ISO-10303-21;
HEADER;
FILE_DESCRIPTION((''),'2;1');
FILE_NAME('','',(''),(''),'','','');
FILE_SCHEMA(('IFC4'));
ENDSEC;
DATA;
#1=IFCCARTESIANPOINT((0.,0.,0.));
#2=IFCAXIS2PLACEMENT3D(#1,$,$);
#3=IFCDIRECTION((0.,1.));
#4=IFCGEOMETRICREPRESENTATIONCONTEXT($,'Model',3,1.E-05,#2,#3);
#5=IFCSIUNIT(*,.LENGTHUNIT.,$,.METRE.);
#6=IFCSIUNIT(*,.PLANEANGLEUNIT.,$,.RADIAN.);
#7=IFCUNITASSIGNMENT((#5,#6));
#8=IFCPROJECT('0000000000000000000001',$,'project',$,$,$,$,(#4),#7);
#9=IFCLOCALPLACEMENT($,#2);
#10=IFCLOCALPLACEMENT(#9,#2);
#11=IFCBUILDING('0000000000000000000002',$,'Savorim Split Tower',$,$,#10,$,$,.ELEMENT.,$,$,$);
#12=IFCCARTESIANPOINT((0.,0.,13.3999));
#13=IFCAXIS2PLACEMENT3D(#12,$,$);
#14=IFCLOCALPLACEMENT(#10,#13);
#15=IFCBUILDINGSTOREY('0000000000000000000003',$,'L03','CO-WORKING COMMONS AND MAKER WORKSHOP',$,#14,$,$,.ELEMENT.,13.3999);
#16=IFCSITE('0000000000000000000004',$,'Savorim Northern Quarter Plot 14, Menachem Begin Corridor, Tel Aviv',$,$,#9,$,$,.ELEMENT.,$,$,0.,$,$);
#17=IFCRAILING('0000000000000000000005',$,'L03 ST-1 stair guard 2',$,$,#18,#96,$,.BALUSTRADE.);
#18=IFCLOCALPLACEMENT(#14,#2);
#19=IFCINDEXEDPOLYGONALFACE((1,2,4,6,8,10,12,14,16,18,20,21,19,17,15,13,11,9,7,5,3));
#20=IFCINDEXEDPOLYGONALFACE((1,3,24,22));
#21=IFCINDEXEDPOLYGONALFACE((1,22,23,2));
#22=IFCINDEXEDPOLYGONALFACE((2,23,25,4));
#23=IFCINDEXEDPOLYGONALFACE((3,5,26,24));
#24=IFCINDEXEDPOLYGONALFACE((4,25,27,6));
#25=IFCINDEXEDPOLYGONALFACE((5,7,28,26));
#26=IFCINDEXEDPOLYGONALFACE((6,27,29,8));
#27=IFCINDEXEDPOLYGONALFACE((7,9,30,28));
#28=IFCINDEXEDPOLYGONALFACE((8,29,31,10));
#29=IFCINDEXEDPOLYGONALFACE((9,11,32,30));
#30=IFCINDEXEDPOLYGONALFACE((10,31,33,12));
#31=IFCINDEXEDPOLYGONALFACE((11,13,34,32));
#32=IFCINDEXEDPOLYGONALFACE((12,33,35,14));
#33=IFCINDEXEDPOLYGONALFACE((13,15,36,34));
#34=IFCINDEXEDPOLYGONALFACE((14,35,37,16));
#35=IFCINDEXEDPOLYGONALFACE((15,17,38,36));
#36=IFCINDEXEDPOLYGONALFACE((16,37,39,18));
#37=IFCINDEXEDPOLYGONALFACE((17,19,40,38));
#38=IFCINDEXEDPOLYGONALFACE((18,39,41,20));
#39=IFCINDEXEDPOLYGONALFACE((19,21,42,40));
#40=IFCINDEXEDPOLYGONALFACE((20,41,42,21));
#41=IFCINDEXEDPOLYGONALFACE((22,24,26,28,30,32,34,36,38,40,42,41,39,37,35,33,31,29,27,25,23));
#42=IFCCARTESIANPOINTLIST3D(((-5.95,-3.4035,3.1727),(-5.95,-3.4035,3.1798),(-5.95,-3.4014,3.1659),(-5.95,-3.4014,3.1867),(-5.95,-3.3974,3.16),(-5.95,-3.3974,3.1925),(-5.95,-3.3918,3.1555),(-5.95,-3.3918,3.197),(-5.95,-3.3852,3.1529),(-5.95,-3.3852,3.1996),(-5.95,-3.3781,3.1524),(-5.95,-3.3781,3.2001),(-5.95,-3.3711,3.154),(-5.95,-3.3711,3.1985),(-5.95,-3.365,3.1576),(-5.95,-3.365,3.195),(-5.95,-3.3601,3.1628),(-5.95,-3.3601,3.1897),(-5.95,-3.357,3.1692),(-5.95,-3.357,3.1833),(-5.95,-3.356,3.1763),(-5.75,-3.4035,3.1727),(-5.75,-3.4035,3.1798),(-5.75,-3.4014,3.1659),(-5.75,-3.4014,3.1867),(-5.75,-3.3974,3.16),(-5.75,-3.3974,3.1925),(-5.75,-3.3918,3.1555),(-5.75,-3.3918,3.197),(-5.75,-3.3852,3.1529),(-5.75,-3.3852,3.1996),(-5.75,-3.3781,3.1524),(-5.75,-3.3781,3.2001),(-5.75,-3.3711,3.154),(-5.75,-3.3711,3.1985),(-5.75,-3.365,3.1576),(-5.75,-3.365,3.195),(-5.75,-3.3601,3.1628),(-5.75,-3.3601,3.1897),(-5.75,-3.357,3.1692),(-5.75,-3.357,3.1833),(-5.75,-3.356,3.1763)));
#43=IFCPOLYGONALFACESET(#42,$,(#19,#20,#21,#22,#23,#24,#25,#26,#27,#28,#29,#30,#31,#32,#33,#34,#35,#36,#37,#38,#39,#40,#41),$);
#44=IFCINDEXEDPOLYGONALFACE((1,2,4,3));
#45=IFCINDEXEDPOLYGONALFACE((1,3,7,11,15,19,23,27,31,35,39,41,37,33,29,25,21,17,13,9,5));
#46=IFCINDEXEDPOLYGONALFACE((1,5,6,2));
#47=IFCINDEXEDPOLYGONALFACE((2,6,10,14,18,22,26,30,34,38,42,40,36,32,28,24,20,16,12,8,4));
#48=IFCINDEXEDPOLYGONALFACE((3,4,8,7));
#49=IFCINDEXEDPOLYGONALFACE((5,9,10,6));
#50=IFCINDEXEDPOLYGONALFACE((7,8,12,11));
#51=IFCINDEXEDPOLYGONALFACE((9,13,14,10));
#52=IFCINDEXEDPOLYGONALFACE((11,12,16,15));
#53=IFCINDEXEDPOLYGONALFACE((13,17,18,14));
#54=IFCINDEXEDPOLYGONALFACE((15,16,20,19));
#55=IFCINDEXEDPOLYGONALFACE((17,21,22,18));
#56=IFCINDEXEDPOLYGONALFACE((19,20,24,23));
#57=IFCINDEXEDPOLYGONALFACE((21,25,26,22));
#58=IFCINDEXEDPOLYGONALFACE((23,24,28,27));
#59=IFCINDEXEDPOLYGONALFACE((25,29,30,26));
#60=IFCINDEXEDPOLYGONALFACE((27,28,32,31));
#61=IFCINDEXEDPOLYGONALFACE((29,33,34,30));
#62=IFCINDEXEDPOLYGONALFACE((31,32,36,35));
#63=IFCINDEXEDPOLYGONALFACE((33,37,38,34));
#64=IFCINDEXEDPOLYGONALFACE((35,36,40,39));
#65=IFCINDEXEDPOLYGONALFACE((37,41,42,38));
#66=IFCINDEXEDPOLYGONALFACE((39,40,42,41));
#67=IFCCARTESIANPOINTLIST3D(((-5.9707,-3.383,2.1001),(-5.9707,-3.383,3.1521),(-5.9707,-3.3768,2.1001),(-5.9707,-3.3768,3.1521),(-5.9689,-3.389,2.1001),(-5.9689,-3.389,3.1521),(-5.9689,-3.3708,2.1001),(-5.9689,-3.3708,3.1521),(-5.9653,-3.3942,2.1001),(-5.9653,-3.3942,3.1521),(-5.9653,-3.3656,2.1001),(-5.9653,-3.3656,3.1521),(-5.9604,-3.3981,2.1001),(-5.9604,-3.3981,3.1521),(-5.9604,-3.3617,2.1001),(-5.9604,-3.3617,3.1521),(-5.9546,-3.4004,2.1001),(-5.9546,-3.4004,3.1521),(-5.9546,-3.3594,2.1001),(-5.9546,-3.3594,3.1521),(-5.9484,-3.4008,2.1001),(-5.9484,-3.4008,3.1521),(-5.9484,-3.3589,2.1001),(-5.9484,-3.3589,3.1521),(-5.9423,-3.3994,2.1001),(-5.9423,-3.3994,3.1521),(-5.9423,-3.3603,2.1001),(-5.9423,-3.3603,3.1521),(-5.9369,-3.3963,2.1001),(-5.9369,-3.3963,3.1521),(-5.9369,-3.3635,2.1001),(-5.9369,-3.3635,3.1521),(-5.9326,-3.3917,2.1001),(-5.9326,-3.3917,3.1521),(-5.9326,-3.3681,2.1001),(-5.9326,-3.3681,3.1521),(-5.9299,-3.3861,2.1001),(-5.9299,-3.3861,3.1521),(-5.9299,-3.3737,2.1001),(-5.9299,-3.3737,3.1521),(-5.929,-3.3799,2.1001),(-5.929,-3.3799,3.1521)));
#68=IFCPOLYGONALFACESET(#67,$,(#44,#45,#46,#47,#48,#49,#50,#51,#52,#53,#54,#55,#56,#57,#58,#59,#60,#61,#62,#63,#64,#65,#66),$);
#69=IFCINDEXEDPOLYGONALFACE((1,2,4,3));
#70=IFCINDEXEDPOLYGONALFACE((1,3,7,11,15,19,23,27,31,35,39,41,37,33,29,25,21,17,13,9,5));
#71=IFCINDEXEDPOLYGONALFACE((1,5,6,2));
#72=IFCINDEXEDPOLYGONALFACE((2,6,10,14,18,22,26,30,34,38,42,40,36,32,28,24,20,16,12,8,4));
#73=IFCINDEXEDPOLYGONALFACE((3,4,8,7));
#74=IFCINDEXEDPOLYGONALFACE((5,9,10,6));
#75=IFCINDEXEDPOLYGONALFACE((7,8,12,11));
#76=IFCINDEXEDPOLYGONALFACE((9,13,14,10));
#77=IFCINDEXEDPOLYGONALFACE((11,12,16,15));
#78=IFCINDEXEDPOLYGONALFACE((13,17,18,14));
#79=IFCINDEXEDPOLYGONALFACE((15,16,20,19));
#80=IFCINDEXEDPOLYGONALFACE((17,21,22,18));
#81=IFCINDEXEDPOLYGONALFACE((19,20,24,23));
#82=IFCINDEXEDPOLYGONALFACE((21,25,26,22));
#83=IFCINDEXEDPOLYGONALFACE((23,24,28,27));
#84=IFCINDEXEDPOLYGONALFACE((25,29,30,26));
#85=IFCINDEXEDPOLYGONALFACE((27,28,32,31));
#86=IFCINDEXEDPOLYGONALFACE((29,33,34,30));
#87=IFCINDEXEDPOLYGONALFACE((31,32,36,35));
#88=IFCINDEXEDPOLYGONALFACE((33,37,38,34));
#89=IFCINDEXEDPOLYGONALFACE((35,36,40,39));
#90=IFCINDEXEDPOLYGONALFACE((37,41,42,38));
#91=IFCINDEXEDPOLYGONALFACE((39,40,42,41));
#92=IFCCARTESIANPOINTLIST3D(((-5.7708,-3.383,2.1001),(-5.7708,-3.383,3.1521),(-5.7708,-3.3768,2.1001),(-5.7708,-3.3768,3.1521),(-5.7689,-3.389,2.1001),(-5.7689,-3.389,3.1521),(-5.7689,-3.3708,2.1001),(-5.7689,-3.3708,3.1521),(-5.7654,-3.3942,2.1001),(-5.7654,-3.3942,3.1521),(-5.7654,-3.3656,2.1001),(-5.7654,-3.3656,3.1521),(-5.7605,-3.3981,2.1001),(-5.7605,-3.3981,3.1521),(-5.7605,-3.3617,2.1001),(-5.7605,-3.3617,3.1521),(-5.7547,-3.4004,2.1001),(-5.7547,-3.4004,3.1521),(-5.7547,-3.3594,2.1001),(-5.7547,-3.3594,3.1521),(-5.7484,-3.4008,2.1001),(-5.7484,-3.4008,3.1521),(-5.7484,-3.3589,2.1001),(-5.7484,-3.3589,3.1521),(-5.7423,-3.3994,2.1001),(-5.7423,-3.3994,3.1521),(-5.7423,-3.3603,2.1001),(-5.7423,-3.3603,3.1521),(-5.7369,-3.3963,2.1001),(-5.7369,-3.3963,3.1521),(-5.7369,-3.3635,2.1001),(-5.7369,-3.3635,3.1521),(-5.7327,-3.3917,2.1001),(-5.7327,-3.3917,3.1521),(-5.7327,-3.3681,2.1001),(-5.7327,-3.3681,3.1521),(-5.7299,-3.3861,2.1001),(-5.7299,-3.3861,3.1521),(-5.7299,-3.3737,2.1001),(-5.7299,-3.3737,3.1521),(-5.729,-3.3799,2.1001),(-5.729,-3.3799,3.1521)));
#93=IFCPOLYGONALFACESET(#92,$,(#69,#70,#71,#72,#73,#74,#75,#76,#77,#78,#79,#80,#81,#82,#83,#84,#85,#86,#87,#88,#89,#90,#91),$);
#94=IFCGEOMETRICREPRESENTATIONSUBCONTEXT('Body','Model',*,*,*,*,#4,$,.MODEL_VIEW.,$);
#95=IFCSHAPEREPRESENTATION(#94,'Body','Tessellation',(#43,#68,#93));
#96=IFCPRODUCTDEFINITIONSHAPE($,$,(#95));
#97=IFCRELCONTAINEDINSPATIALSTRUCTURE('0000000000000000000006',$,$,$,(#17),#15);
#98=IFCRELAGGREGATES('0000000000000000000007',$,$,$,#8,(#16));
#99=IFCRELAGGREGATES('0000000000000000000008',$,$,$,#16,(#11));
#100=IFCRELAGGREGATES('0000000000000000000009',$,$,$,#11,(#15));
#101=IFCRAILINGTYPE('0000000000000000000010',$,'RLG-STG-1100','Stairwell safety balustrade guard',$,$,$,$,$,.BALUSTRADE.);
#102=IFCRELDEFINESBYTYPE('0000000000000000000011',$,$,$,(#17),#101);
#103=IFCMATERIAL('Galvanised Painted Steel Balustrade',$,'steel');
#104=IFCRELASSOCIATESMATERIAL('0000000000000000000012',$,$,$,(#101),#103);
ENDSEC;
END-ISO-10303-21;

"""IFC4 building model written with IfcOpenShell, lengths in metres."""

from ifc_helpers import new_model, si_unit, direction, frame, origin, origin_2d, place, context, subcontext, project, spatial, circle, extrude, material, type_object, element, save


model = new_model("IFC4")

# Units and contexts
model_context = context("Model", 3, precision=1e-05, world=origin(), true_north=direction((0.0, 1.0)))
body_context = subcontext(model_context, "Body", "Model", "MODEL_VIEW")
ifc_project = project(units=[si_unit("LENGTHUNIT", "METRE"), si_unit("PLANEANGLEUNIT", "RADIAN")], contexts=[model_context])

# Site, building, storey
site_placement = place(None, origin())
site = spatial("IfcSite", under=ifc_project, at=site_placement, Name="Savorim Northern Quarter Plot 14, Menachem Begin Corridor, Tel Aviv", CompositionType="ELEMENT", RefElevation=0.0)
building_placement = place(site_placement, origin())
building = spatial("IfcBuilding", under=site, at=building_placement, Name="Savorim Split Tower", CompositionType="ELEMENT")
storey_placement = place(building_placement, frame((0.0, 0.0, 13.3999)))
storey = spatial("IfcBuildingStorey", under=building, at=storey_placement, Name="L03", Description="CO-WORKING COMMONS AND MAKER WORKSHOP", CompositionType="ELEMENT", Elevation=13.3999)

# Railing
ifc_material_1 = material(Name="Galvanised Painted Steel Balustrade", Category="steel")
railing_type_1 = type_object("IfcRailingType", Name="RLG-STG-1100", Description="Stairwell safety balustrade guard", PredefinedType="BALUSTRADE", material=ifc_material_1)
railing_1_placement = place(storey_placement, frame((-5.95, -3.3799, 2.1001)))
element("IfcRailing", 1, at=railing_1_placement, inside=storey, type_object=railing_type_1, Name="L03 ST-1 stair guard 2", PredefinedType="BALUSTRADE", context=body_context, shape_type="SweptSolid", body=[
    extrude(circle(Radius=0.0239, at=origin_2d()), frame((0.0, 0.0, 1.0762), z_axis=(1.0, 0.0, 0.0), x_axis=(0.0, 1.0, 0.0)), (0.0, 0.0, 1.0), 0.2),
    extrude(circle(Radius=0.021, at=origin_2d()), origin(), (0.0, 0.0, 1.0), 1.052),
    extrude(circle(Radius=0.021, at=origin_2d()), frame((0.2, 0.0, 0.0)), (0.0, 0.0, 1.0), 1.052),
])

save(model, "model.ifc")
